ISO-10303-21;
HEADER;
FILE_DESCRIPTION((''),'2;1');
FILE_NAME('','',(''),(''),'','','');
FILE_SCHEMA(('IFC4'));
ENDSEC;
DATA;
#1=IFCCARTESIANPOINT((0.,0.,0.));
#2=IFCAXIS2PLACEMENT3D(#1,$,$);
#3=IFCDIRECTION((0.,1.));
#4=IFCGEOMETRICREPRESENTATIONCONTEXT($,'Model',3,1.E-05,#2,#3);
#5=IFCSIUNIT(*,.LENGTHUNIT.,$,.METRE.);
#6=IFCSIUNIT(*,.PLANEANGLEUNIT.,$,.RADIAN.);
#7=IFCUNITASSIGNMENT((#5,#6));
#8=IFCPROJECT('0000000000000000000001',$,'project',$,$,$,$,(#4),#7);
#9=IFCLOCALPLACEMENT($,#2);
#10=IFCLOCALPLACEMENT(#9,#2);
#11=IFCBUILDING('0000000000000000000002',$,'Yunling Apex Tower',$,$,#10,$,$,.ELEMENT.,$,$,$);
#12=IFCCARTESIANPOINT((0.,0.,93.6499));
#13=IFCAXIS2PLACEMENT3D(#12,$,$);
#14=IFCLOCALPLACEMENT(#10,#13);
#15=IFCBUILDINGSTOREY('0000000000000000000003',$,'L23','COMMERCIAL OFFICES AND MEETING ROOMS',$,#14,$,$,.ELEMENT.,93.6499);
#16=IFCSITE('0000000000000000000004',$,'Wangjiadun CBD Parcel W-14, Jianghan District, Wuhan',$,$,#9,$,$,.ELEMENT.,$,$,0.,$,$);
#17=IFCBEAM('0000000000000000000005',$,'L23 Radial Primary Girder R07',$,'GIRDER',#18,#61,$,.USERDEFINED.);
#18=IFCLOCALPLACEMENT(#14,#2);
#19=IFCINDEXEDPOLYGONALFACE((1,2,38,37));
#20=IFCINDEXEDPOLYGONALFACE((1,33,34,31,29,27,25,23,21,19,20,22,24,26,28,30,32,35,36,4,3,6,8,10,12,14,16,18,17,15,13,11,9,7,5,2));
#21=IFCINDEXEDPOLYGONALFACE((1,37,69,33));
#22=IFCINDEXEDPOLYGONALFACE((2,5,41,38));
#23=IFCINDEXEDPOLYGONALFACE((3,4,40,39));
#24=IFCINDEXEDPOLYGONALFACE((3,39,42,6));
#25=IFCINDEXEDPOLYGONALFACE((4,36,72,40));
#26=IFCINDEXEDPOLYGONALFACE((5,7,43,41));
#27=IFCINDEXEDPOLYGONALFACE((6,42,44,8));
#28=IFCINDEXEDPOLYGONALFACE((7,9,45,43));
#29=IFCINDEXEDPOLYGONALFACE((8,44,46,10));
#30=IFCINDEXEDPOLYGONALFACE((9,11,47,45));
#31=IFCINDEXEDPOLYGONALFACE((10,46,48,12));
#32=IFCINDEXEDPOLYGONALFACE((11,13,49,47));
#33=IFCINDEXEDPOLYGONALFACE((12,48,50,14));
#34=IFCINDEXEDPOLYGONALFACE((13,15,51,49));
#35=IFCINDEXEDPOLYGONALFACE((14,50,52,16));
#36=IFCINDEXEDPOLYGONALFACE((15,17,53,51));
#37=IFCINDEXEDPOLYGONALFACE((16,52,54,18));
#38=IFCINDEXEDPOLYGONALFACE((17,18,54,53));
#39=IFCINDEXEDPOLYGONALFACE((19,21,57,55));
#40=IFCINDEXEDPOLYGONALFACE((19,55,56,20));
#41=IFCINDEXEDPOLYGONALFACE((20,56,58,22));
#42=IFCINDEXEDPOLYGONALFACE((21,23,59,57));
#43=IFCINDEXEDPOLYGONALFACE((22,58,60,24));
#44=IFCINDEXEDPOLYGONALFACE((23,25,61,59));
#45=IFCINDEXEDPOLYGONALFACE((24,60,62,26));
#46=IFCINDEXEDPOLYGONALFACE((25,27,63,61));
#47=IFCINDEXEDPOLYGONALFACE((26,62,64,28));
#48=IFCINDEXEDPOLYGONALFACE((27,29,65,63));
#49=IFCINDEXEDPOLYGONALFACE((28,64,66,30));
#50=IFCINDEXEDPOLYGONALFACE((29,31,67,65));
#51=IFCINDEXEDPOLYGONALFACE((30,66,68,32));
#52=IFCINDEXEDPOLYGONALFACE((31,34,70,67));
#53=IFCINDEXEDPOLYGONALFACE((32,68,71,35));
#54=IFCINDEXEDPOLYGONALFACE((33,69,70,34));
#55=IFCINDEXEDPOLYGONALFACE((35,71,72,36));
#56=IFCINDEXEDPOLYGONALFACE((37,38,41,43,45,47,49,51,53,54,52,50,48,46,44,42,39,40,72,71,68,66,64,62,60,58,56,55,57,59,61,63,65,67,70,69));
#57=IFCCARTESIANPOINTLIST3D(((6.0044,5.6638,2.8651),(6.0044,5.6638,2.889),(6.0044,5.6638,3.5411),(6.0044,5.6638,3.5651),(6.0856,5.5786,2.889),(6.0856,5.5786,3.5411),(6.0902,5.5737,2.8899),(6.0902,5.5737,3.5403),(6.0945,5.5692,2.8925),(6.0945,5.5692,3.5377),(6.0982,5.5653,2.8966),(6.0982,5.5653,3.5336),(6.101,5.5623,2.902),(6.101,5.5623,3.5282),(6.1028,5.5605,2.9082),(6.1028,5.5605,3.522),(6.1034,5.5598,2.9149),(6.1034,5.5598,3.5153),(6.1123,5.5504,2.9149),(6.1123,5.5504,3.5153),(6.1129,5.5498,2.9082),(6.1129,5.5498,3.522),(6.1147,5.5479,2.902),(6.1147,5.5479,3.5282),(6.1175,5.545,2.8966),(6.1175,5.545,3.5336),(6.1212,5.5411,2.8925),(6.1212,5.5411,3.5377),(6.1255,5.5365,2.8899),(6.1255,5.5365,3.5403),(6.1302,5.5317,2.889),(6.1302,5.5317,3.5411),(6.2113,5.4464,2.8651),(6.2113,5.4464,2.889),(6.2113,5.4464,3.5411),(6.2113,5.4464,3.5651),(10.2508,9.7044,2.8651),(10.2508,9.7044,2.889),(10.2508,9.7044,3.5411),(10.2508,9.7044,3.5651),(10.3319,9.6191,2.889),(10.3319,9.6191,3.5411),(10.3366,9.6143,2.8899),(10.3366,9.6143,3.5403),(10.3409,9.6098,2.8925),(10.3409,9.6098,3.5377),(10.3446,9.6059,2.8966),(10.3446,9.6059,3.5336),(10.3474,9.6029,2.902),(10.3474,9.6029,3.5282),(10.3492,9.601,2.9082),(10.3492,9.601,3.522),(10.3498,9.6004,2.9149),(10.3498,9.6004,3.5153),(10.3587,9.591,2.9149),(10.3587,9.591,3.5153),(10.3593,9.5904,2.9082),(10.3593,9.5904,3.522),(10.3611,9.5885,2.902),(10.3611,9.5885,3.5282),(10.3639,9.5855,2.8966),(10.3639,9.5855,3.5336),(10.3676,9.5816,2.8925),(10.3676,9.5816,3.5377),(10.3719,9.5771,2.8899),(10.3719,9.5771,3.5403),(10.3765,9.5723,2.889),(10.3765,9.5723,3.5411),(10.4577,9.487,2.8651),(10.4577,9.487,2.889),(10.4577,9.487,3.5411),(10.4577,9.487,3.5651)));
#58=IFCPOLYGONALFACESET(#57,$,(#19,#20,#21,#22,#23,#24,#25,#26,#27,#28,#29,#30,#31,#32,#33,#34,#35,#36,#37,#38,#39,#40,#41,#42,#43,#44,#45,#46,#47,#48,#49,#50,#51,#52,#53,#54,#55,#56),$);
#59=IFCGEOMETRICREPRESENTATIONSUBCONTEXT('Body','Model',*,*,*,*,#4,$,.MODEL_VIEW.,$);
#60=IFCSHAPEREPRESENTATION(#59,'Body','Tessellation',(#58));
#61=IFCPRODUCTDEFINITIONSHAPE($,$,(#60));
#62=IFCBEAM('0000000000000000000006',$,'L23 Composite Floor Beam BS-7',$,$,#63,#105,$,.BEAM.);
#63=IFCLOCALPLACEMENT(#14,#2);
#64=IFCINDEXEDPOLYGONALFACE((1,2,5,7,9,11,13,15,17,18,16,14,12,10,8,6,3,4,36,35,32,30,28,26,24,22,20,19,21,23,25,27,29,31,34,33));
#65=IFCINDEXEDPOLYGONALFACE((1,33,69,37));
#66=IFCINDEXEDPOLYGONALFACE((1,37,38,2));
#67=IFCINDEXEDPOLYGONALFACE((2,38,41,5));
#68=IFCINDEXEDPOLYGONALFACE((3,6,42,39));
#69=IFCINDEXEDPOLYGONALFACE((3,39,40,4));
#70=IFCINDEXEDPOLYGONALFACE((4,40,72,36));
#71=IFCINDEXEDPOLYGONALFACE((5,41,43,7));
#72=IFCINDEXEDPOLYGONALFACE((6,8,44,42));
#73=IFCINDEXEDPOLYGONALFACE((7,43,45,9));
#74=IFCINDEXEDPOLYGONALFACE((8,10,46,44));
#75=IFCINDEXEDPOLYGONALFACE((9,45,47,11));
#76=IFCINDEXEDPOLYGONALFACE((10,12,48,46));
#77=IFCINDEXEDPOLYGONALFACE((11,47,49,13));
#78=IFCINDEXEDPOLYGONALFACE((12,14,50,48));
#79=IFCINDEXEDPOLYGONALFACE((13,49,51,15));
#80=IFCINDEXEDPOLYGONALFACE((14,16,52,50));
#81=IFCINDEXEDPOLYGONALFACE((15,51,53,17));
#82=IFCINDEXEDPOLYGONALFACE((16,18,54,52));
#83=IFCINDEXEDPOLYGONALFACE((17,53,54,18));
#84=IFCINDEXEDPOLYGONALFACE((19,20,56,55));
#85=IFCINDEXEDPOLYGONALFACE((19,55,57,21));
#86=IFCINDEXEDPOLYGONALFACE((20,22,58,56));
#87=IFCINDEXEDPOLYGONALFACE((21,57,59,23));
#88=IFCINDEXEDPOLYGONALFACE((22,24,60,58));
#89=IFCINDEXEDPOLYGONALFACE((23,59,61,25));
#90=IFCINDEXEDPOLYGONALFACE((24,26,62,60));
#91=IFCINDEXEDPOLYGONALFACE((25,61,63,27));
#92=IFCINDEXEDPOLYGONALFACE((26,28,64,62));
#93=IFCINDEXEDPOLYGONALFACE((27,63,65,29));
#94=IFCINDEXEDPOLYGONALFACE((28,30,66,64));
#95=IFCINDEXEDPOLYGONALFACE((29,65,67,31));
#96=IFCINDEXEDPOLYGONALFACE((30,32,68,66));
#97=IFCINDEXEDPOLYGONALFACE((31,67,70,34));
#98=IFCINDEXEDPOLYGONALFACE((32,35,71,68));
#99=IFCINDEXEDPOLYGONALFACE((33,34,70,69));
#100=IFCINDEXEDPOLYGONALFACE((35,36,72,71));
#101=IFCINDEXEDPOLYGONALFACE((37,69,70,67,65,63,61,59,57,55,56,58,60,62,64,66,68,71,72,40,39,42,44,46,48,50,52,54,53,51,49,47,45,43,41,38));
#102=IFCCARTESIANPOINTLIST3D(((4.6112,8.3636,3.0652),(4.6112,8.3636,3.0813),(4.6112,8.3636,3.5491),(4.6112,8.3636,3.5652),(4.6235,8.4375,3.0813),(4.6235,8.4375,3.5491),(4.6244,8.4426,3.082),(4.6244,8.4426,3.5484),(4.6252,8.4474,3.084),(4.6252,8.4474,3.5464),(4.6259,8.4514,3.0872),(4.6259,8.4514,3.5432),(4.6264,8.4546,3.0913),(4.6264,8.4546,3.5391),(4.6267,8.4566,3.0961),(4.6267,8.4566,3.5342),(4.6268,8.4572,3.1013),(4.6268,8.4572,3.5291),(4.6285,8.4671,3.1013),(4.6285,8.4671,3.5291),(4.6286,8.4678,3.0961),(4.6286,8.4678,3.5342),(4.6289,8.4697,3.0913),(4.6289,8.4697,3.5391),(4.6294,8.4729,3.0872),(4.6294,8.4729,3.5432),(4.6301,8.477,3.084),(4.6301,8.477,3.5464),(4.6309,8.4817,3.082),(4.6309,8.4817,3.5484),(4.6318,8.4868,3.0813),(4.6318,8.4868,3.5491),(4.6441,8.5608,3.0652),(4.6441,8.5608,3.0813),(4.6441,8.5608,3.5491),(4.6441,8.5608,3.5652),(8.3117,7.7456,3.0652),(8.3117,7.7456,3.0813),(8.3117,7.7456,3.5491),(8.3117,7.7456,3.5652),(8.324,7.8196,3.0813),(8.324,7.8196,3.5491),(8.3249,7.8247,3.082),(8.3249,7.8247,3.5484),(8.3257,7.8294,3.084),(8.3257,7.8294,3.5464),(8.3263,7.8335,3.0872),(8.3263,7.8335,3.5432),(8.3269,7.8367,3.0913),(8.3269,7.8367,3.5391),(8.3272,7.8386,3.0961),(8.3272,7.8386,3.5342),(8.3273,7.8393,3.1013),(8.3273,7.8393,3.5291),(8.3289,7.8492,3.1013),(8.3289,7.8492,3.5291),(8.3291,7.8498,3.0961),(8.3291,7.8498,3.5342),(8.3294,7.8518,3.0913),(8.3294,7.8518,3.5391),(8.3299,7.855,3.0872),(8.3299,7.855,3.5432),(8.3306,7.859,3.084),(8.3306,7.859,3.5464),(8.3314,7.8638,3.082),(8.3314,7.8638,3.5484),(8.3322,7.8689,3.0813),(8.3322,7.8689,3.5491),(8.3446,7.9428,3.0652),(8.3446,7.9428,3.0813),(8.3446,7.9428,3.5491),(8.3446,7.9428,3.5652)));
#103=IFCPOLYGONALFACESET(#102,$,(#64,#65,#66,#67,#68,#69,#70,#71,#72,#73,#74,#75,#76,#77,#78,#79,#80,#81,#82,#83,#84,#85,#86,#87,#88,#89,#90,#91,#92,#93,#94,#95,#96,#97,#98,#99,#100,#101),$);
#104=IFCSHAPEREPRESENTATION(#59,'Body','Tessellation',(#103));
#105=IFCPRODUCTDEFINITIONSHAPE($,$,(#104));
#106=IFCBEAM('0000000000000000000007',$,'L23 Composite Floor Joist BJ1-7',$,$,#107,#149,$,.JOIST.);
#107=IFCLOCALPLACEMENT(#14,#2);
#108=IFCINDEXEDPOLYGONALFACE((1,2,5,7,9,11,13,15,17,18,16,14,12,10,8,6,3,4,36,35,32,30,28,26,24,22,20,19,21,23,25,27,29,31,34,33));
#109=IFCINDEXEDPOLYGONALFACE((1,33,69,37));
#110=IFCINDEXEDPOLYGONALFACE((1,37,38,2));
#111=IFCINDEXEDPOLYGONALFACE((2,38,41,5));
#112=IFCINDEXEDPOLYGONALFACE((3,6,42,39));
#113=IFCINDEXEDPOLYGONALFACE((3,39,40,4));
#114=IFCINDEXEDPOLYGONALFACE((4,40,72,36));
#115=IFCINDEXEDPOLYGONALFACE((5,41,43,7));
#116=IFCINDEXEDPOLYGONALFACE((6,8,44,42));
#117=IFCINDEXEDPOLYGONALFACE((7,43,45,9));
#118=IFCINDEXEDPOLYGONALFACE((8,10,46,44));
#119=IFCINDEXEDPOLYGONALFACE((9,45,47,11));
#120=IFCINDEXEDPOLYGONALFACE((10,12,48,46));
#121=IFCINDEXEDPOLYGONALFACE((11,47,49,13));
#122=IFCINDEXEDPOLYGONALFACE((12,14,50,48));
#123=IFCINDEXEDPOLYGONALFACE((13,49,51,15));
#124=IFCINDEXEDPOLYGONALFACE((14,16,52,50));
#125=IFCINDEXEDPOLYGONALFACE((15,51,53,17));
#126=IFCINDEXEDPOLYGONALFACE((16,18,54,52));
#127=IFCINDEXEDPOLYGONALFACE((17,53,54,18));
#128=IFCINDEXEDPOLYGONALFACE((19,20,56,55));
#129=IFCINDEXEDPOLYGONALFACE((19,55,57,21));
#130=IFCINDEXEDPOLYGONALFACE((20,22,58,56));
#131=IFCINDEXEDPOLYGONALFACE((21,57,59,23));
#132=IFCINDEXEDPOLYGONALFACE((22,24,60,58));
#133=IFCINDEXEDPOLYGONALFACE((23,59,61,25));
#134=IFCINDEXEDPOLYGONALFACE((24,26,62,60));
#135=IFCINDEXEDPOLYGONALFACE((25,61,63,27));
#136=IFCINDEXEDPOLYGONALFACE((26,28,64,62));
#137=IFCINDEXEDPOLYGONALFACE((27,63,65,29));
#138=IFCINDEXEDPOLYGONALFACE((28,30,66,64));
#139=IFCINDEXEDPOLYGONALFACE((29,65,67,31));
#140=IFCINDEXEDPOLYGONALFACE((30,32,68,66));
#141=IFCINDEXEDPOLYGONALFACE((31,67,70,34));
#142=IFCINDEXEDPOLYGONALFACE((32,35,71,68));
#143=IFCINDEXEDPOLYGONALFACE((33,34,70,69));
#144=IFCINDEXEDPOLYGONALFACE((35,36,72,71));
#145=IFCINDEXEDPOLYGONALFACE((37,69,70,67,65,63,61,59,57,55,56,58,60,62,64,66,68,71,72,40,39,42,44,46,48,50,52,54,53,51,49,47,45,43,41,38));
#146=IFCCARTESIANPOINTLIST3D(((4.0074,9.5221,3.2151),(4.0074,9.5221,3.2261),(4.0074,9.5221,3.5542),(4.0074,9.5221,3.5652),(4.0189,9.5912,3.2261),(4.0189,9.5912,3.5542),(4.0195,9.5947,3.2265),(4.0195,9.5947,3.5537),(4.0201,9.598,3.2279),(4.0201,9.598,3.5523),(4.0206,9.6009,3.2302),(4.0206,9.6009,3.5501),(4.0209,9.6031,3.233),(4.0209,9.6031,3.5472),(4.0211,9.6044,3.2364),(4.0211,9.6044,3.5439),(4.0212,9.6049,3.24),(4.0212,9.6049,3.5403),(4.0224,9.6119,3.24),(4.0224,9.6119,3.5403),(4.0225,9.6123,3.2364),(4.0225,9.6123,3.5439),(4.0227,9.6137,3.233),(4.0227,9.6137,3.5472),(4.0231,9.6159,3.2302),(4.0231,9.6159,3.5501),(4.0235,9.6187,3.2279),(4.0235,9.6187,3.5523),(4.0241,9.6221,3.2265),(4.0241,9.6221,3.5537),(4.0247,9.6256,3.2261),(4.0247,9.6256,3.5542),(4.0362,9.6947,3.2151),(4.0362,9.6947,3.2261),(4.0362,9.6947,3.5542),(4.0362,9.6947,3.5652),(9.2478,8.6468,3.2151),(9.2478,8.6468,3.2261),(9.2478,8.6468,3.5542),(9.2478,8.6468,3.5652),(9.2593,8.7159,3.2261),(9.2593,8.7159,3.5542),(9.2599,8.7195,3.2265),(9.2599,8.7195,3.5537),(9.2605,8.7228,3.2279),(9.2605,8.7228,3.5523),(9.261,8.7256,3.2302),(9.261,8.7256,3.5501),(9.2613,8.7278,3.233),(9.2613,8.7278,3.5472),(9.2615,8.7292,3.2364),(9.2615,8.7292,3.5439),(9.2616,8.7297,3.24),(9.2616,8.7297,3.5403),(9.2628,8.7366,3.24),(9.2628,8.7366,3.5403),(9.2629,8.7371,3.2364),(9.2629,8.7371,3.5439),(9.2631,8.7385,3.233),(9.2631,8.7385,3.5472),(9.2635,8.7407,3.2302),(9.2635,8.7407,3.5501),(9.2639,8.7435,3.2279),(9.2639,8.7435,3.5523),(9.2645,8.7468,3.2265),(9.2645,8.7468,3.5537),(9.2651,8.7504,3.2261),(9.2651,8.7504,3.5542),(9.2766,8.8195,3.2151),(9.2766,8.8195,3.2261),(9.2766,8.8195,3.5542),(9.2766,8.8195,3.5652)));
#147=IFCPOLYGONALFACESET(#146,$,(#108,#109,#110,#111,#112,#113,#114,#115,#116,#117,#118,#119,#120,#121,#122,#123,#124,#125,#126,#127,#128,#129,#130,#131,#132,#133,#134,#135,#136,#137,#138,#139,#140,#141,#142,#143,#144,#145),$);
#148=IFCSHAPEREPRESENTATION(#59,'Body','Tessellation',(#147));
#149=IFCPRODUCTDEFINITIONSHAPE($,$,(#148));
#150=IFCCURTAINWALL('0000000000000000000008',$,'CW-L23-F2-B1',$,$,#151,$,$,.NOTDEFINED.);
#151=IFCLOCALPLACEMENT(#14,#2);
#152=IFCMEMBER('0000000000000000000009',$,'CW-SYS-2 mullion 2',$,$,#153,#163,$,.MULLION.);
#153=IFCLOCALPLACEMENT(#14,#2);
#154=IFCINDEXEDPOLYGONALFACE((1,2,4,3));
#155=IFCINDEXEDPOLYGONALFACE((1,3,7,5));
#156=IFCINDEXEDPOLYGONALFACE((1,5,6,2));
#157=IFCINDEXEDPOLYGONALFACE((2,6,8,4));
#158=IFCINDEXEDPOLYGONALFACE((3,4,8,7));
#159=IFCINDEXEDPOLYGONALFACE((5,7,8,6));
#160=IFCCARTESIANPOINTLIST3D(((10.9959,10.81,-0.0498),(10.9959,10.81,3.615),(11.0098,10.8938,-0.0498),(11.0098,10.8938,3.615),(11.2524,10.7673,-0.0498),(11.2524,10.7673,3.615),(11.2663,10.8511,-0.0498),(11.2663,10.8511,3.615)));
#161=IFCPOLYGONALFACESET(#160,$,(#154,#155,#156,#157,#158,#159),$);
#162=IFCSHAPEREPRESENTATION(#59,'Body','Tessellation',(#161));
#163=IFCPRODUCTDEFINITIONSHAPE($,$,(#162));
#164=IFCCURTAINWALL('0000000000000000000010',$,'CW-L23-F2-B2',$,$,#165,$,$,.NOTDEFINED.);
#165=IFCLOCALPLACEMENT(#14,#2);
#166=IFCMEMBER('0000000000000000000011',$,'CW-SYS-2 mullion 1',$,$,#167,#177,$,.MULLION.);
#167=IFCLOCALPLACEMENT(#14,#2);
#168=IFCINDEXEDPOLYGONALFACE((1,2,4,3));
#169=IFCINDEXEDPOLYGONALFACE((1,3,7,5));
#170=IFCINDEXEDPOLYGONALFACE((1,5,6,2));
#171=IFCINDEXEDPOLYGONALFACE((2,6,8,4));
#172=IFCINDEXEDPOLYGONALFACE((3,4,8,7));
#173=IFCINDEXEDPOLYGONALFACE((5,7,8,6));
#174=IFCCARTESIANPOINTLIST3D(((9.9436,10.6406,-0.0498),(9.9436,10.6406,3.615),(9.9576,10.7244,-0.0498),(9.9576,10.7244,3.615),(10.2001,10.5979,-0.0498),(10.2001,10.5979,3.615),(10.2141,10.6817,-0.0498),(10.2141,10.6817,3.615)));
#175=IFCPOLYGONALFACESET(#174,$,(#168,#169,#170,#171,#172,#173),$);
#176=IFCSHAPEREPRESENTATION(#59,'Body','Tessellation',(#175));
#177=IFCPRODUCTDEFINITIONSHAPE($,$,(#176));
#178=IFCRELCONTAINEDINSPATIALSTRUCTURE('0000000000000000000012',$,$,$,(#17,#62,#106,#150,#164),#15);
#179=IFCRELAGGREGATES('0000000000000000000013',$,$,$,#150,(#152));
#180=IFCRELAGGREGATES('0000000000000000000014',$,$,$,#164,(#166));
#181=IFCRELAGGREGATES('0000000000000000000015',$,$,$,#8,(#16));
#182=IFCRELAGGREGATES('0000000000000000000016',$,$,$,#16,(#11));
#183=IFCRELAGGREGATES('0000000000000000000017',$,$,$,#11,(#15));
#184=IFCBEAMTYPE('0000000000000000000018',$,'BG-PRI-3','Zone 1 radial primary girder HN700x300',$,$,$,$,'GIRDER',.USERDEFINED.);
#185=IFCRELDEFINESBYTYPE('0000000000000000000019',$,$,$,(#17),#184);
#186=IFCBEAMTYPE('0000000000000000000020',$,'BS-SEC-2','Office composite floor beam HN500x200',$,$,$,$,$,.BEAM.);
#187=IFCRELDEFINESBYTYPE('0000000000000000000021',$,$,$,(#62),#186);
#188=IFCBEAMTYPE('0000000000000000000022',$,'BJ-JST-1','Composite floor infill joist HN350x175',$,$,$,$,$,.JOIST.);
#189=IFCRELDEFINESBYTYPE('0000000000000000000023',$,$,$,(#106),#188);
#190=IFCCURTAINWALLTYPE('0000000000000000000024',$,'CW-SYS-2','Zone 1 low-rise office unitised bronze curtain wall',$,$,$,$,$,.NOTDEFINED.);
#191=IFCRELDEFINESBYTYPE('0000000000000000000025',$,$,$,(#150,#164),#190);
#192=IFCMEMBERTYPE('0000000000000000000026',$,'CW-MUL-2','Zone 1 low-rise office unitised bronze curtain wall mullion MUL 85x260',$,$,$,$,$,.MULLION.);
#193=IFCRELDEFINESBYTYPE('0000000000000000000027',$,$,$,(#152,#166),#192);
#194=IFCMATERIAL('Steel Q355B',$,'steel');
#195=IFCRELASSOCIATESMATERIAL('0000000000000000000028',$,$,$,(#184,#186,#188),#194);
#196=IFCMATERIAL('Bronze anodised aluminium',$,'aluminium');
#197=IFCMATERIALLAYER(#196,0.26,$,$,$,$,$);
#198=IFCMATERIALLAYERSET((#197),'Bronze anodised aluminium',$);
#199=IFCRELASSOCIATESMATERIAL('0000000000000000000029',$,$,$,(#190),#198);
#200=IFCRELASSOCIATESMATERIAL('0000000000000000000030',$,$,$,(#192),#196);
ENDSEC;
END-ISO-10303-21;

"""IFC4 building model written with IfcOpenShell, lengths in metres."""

from ifc_helpers import new_model, si_unit, direction, frame, origin, origin_2d, place, context, subcontext, project, spatial, rectangle, i_section, extrude, source, transform, mapped, material, layer, layer_set, material_profile, profile_set, type_object, element, aggregate, save


model = new_model("IFC4")

# Units and contexts
model_context = context("Model", 3, precision=1e-05, world=origin(), true_north=direction((0.0, 1.0)))
body_context = subcontext(model_context, "Body", "Model", "MODEL_VIEW")
ifc_project = project(units=[si_unit("LENGTHUNIT", "METRE"), si_unit("PLANEANGLEUNIT", "RADIAN")], contexts=[model_context])

# Site, building, storey
site_placement = place(None, origin())
site = spatial("IfcSite", under=ifc_project, at=site_placement, Name="Wangjiadun CBD Parcel W-14, Jianghan District, Wuhan", CompositionType="ELEMENT", RefElevation=0.0)
building_placement = place(site_placement, origin())
building = spatial("IfcBuilding", under=site, at=building_placement, Name="Yunling Apex Tower", CompositionType="ELEMENT")
storey_placement = place(building_placement, frame((0.0, 0.0, 93.6499)))
storey = spatial("IfcBuildingStorey", under=building, at=storey_placement, Name="L23", Description="COMMERCIAL OFFICES AND MEETING ROOMS", CompositionType="ELEMENT", Elevation=93.6499)

# Beams
ifc_material_1 = material(Name="Steel Q355B", Category="steel")
ifc_material_profile_1 = material_profile(ifc_material_1, i_section(OverallWidth=0.3, OverallDepth=0.7, WebThickness=0.0129, FlangeThickness=0.0239, FilletRadius=0.0259, at=origin_2d()))
ifc_profile_set_1 = profile_set([ifc_material_profile_1], Name="Steel Q355B")
beam_type_1 = type_object("IfcBeamType", Name="BG-PRI-3", Description="Zone 1 radial primary girder HN700x300", ElementType="GIRDER", PredefinedType="USERDEFINED", material=ifc_profile_set_1)
shared_shape_1 = source(origin(), body_context, "Body", "SweptSolid", [
    extrude(i_section(OverallWidth=0.3, OverallDepth=0.7, WebThickness=0.0129, FlangeThickness=0.0239, FilletRadius=0.0259, at=origin_2d()), origin(), (0.0, 0.0, 1.0), 5.8616),
])
beam_1_placement = place(storey_placement, frame((10.3542, 9.5957, 3.2151), z_axis=(-0.724445, -0.689333, 0.0), x_axis=(0.689333, -0.724445, 0.0)))
element("IfcBeam", 1, at=beam_1_placement, inside=storey, type_object=beam_type_1, Name="L23 Radial Primary Girder R07", ObjectType="GIRDER", PredefinedType="USERDEFINED", context=body_context, shape_type="MappedRepresentation", body=[
    mapped(shared_shape_1, transform((0.0, 0.0, 0.0), scale=1.0)),
])
ifc_material_profile_2 = material_profile(ifc_material_1, i_section(OverallWidth=0.2, OverallDepth=0.5, WebThickness=0.01, FlangeThickness=0.0161, FilletRadius=0.02, at=origin_2d()))
ifc_profile_set_2 = profile_set([ifc_material_profile_2], Name="Steel Q355B")
beam_type_2 = type_object("IfcBeamType", Name="BS-SEC-2", Description="Office composite floor beam HN500x200", PredefinedType="BEAM", material=ifc_profile_set_2)
shared_shape_2 = source(origin(), body_context, "Body", "SweptSolid", [
    extrude(i_section(OverallWidth=0.2, OverallDepth=0.5, WebThickness=0.01, FlangeThickness=0.0161, FilletRadius=0.02, at=origin_2d()), origin(), (0.0, 0.0, 1.0), 3.7517),
])
beam_2_placement = place(storey_placement, frame((8.3281, 7.8442, 3.3152), z_axis=(-0.986343, 0.164705, 0.0), x_axis=(-0.164705, -0.986343, 0.0)))
element("IfcBeam", 2, at=beam_2_placement, inside=storey, type_object=beam_type_2, Name="L23 Composite Floor Beam BS-7", PredefinedType="BEAM", context=body_context, shape_type="MappedRepresentation", body=[
    mapped(shared_shape_2, transform((0.0, 0.0, 0.0), scale=1.0)),
])
ifc_material_profile_3 = material_profile(ifc_material_1, i_section(OverallWidth=0.175, OverallDepth=0.3501, WebThickness=0.0071, FlangeThickness=0.011, FilletRadius=0.0139, at=origin_2d()))
ifc_profile_set_3 = profile_set([ifc_material_profile_3], Name="Steel Q355B")
beam_type_3 = type_object("IfcBeamType", Name="BJ-JST-1", Description="Composite floor infill joist HN350x175", PredefinedType="JOIST", material=ifc_profile_set_3)
shared_shape_3 = source(origin(), body_context, "Body", "SweptSolid", [
    extrude(i_section(OverallWidth=0.175, OverallDepth=0.3501, WebThickness=0.0071, FlangeThickness=0.011, FilletRadius=0.0139, at=origin_2d()), origin(), (0.0, 0.0, 1.0), 5.313),
])
beam_3_placement = place(storey_placement, frame((9.2622, 8.7332, 3.3901), z_axis=(-0.986338, 0.164734, 0.0), x_axis=(-0.164734, -0.986338, 0.0)))
element("IfcBeam", 3, at=beam_3_placement, inside=storey, type_object=beam_type_3, Name="L23 Composite Floor Joist BJ1-7", PredefinedType="JOIST", context=body_context, shape_type="MappedRepresentation", body=[
    mapped(shared_shape_3, transform((0.0, 0.0, 0.0), scale=1.0)),
])

# Curtain wall, member
ifc_material_2 = material(Name="Bronze anodised aluminium", Category="aluminium")
ifc_layer_1 = layer(ifc_material_2, 0.26)
ifc_layer_set_1 = layer_set([ifc_layer_1], Name="Bronze anodised aluminium")
curtain_wall_type = type_object("IfcCurtainWallType", Name="CW-SYS-2", Description="Zone 1 low-rise office unitised bronze curtain wall", PredefinedType="NOTDEFINED", material=ifc_layer_set_1)
curtain_wall_1_placement = place(storey_placement, origin())
curtain_wall_1 = element("IfcCurtainWall", 4, at=curtain_wall_1_placement, inside=storey, type_object=curtain_wall_type, Name="CW-L23-F2-B1", PredefinedType="NOTDEFINED")
ifc_material_profile_4 = material_profile(ifc_material_2, rectangle(XDim=0.085, YDim=0.26, at=origin_2d()))
ifc_profile_set_4 = profile_set([ifc_material_profile_4], Name="Bronze anodised aluminium")
member_type_1 = type_object("IfcMemberType", Name="CW-MUL-2", Description="Zone 1 low-rise office unitised bronze curtain wall mullion MUL 85x260", PredefinedType="MULLION", material=ifc_profile_set_4)
shared_shape_4 = source(origin(), body_context, "Body", "SweptSolid", [
    extrude(rectangle(XDim=0.085, YDim=0.26, at=origin_2d()), origin(), (0.0, 0.0, 1.0), 3.6648),
])
member_1_placement = place(storey_placement, frame((11.1311, 10.8306, -0.0498), z_axis=(0.0, 0.0, 1.0), x_axis=(-0.16436, -0.9864, 0.0)))
member_1 = element("IfcMember", 5, at=member_1_placement, type_object=member_type_1, Name="CW-SYS-2 mullion 2", PredefinedType="MULLION", context=body_context, shape_type="MappedRepresentation", body=[
    mapped(shared_shape_4, transform((0.0, 0.0, 0.0), scale=1.0)),
])
aggregate(curtain_wall_1, [member_1])

# Curtain wall, member
curtain_wall_2_placement = place(storey_placement, origin())
curtain_wall_2 = element("IfcCurtainWall", 6, at=curtain_wall_2_placement, inside=storey, type_object=curtain_wall_type, Name="CW-L23-F2-B2", PredefinedType="NOTDEFINED")
member_2_placement = place(storey_placement, frame((10.0789, 10.6611, -0.0498), z_axis=(0.0, 0.0, 1.0), x_axis=(-0.164356, -0.986401, 0.0)))
member_2 = element("IfcMember", 7, at=member_2_placement, type_object=member_type_1, Name="CW-SYS-2 mullion 1", PredefinedType="MULLION", context=body_context, shape_type="MappedRepresentation", body=[
    mapped(shared_shape_4, transform((0.0, 0.0, 0.0), scale=1.0)),
])
aggregate(curtain_wall_2, [member_2])

save(model, "model.ifc")
